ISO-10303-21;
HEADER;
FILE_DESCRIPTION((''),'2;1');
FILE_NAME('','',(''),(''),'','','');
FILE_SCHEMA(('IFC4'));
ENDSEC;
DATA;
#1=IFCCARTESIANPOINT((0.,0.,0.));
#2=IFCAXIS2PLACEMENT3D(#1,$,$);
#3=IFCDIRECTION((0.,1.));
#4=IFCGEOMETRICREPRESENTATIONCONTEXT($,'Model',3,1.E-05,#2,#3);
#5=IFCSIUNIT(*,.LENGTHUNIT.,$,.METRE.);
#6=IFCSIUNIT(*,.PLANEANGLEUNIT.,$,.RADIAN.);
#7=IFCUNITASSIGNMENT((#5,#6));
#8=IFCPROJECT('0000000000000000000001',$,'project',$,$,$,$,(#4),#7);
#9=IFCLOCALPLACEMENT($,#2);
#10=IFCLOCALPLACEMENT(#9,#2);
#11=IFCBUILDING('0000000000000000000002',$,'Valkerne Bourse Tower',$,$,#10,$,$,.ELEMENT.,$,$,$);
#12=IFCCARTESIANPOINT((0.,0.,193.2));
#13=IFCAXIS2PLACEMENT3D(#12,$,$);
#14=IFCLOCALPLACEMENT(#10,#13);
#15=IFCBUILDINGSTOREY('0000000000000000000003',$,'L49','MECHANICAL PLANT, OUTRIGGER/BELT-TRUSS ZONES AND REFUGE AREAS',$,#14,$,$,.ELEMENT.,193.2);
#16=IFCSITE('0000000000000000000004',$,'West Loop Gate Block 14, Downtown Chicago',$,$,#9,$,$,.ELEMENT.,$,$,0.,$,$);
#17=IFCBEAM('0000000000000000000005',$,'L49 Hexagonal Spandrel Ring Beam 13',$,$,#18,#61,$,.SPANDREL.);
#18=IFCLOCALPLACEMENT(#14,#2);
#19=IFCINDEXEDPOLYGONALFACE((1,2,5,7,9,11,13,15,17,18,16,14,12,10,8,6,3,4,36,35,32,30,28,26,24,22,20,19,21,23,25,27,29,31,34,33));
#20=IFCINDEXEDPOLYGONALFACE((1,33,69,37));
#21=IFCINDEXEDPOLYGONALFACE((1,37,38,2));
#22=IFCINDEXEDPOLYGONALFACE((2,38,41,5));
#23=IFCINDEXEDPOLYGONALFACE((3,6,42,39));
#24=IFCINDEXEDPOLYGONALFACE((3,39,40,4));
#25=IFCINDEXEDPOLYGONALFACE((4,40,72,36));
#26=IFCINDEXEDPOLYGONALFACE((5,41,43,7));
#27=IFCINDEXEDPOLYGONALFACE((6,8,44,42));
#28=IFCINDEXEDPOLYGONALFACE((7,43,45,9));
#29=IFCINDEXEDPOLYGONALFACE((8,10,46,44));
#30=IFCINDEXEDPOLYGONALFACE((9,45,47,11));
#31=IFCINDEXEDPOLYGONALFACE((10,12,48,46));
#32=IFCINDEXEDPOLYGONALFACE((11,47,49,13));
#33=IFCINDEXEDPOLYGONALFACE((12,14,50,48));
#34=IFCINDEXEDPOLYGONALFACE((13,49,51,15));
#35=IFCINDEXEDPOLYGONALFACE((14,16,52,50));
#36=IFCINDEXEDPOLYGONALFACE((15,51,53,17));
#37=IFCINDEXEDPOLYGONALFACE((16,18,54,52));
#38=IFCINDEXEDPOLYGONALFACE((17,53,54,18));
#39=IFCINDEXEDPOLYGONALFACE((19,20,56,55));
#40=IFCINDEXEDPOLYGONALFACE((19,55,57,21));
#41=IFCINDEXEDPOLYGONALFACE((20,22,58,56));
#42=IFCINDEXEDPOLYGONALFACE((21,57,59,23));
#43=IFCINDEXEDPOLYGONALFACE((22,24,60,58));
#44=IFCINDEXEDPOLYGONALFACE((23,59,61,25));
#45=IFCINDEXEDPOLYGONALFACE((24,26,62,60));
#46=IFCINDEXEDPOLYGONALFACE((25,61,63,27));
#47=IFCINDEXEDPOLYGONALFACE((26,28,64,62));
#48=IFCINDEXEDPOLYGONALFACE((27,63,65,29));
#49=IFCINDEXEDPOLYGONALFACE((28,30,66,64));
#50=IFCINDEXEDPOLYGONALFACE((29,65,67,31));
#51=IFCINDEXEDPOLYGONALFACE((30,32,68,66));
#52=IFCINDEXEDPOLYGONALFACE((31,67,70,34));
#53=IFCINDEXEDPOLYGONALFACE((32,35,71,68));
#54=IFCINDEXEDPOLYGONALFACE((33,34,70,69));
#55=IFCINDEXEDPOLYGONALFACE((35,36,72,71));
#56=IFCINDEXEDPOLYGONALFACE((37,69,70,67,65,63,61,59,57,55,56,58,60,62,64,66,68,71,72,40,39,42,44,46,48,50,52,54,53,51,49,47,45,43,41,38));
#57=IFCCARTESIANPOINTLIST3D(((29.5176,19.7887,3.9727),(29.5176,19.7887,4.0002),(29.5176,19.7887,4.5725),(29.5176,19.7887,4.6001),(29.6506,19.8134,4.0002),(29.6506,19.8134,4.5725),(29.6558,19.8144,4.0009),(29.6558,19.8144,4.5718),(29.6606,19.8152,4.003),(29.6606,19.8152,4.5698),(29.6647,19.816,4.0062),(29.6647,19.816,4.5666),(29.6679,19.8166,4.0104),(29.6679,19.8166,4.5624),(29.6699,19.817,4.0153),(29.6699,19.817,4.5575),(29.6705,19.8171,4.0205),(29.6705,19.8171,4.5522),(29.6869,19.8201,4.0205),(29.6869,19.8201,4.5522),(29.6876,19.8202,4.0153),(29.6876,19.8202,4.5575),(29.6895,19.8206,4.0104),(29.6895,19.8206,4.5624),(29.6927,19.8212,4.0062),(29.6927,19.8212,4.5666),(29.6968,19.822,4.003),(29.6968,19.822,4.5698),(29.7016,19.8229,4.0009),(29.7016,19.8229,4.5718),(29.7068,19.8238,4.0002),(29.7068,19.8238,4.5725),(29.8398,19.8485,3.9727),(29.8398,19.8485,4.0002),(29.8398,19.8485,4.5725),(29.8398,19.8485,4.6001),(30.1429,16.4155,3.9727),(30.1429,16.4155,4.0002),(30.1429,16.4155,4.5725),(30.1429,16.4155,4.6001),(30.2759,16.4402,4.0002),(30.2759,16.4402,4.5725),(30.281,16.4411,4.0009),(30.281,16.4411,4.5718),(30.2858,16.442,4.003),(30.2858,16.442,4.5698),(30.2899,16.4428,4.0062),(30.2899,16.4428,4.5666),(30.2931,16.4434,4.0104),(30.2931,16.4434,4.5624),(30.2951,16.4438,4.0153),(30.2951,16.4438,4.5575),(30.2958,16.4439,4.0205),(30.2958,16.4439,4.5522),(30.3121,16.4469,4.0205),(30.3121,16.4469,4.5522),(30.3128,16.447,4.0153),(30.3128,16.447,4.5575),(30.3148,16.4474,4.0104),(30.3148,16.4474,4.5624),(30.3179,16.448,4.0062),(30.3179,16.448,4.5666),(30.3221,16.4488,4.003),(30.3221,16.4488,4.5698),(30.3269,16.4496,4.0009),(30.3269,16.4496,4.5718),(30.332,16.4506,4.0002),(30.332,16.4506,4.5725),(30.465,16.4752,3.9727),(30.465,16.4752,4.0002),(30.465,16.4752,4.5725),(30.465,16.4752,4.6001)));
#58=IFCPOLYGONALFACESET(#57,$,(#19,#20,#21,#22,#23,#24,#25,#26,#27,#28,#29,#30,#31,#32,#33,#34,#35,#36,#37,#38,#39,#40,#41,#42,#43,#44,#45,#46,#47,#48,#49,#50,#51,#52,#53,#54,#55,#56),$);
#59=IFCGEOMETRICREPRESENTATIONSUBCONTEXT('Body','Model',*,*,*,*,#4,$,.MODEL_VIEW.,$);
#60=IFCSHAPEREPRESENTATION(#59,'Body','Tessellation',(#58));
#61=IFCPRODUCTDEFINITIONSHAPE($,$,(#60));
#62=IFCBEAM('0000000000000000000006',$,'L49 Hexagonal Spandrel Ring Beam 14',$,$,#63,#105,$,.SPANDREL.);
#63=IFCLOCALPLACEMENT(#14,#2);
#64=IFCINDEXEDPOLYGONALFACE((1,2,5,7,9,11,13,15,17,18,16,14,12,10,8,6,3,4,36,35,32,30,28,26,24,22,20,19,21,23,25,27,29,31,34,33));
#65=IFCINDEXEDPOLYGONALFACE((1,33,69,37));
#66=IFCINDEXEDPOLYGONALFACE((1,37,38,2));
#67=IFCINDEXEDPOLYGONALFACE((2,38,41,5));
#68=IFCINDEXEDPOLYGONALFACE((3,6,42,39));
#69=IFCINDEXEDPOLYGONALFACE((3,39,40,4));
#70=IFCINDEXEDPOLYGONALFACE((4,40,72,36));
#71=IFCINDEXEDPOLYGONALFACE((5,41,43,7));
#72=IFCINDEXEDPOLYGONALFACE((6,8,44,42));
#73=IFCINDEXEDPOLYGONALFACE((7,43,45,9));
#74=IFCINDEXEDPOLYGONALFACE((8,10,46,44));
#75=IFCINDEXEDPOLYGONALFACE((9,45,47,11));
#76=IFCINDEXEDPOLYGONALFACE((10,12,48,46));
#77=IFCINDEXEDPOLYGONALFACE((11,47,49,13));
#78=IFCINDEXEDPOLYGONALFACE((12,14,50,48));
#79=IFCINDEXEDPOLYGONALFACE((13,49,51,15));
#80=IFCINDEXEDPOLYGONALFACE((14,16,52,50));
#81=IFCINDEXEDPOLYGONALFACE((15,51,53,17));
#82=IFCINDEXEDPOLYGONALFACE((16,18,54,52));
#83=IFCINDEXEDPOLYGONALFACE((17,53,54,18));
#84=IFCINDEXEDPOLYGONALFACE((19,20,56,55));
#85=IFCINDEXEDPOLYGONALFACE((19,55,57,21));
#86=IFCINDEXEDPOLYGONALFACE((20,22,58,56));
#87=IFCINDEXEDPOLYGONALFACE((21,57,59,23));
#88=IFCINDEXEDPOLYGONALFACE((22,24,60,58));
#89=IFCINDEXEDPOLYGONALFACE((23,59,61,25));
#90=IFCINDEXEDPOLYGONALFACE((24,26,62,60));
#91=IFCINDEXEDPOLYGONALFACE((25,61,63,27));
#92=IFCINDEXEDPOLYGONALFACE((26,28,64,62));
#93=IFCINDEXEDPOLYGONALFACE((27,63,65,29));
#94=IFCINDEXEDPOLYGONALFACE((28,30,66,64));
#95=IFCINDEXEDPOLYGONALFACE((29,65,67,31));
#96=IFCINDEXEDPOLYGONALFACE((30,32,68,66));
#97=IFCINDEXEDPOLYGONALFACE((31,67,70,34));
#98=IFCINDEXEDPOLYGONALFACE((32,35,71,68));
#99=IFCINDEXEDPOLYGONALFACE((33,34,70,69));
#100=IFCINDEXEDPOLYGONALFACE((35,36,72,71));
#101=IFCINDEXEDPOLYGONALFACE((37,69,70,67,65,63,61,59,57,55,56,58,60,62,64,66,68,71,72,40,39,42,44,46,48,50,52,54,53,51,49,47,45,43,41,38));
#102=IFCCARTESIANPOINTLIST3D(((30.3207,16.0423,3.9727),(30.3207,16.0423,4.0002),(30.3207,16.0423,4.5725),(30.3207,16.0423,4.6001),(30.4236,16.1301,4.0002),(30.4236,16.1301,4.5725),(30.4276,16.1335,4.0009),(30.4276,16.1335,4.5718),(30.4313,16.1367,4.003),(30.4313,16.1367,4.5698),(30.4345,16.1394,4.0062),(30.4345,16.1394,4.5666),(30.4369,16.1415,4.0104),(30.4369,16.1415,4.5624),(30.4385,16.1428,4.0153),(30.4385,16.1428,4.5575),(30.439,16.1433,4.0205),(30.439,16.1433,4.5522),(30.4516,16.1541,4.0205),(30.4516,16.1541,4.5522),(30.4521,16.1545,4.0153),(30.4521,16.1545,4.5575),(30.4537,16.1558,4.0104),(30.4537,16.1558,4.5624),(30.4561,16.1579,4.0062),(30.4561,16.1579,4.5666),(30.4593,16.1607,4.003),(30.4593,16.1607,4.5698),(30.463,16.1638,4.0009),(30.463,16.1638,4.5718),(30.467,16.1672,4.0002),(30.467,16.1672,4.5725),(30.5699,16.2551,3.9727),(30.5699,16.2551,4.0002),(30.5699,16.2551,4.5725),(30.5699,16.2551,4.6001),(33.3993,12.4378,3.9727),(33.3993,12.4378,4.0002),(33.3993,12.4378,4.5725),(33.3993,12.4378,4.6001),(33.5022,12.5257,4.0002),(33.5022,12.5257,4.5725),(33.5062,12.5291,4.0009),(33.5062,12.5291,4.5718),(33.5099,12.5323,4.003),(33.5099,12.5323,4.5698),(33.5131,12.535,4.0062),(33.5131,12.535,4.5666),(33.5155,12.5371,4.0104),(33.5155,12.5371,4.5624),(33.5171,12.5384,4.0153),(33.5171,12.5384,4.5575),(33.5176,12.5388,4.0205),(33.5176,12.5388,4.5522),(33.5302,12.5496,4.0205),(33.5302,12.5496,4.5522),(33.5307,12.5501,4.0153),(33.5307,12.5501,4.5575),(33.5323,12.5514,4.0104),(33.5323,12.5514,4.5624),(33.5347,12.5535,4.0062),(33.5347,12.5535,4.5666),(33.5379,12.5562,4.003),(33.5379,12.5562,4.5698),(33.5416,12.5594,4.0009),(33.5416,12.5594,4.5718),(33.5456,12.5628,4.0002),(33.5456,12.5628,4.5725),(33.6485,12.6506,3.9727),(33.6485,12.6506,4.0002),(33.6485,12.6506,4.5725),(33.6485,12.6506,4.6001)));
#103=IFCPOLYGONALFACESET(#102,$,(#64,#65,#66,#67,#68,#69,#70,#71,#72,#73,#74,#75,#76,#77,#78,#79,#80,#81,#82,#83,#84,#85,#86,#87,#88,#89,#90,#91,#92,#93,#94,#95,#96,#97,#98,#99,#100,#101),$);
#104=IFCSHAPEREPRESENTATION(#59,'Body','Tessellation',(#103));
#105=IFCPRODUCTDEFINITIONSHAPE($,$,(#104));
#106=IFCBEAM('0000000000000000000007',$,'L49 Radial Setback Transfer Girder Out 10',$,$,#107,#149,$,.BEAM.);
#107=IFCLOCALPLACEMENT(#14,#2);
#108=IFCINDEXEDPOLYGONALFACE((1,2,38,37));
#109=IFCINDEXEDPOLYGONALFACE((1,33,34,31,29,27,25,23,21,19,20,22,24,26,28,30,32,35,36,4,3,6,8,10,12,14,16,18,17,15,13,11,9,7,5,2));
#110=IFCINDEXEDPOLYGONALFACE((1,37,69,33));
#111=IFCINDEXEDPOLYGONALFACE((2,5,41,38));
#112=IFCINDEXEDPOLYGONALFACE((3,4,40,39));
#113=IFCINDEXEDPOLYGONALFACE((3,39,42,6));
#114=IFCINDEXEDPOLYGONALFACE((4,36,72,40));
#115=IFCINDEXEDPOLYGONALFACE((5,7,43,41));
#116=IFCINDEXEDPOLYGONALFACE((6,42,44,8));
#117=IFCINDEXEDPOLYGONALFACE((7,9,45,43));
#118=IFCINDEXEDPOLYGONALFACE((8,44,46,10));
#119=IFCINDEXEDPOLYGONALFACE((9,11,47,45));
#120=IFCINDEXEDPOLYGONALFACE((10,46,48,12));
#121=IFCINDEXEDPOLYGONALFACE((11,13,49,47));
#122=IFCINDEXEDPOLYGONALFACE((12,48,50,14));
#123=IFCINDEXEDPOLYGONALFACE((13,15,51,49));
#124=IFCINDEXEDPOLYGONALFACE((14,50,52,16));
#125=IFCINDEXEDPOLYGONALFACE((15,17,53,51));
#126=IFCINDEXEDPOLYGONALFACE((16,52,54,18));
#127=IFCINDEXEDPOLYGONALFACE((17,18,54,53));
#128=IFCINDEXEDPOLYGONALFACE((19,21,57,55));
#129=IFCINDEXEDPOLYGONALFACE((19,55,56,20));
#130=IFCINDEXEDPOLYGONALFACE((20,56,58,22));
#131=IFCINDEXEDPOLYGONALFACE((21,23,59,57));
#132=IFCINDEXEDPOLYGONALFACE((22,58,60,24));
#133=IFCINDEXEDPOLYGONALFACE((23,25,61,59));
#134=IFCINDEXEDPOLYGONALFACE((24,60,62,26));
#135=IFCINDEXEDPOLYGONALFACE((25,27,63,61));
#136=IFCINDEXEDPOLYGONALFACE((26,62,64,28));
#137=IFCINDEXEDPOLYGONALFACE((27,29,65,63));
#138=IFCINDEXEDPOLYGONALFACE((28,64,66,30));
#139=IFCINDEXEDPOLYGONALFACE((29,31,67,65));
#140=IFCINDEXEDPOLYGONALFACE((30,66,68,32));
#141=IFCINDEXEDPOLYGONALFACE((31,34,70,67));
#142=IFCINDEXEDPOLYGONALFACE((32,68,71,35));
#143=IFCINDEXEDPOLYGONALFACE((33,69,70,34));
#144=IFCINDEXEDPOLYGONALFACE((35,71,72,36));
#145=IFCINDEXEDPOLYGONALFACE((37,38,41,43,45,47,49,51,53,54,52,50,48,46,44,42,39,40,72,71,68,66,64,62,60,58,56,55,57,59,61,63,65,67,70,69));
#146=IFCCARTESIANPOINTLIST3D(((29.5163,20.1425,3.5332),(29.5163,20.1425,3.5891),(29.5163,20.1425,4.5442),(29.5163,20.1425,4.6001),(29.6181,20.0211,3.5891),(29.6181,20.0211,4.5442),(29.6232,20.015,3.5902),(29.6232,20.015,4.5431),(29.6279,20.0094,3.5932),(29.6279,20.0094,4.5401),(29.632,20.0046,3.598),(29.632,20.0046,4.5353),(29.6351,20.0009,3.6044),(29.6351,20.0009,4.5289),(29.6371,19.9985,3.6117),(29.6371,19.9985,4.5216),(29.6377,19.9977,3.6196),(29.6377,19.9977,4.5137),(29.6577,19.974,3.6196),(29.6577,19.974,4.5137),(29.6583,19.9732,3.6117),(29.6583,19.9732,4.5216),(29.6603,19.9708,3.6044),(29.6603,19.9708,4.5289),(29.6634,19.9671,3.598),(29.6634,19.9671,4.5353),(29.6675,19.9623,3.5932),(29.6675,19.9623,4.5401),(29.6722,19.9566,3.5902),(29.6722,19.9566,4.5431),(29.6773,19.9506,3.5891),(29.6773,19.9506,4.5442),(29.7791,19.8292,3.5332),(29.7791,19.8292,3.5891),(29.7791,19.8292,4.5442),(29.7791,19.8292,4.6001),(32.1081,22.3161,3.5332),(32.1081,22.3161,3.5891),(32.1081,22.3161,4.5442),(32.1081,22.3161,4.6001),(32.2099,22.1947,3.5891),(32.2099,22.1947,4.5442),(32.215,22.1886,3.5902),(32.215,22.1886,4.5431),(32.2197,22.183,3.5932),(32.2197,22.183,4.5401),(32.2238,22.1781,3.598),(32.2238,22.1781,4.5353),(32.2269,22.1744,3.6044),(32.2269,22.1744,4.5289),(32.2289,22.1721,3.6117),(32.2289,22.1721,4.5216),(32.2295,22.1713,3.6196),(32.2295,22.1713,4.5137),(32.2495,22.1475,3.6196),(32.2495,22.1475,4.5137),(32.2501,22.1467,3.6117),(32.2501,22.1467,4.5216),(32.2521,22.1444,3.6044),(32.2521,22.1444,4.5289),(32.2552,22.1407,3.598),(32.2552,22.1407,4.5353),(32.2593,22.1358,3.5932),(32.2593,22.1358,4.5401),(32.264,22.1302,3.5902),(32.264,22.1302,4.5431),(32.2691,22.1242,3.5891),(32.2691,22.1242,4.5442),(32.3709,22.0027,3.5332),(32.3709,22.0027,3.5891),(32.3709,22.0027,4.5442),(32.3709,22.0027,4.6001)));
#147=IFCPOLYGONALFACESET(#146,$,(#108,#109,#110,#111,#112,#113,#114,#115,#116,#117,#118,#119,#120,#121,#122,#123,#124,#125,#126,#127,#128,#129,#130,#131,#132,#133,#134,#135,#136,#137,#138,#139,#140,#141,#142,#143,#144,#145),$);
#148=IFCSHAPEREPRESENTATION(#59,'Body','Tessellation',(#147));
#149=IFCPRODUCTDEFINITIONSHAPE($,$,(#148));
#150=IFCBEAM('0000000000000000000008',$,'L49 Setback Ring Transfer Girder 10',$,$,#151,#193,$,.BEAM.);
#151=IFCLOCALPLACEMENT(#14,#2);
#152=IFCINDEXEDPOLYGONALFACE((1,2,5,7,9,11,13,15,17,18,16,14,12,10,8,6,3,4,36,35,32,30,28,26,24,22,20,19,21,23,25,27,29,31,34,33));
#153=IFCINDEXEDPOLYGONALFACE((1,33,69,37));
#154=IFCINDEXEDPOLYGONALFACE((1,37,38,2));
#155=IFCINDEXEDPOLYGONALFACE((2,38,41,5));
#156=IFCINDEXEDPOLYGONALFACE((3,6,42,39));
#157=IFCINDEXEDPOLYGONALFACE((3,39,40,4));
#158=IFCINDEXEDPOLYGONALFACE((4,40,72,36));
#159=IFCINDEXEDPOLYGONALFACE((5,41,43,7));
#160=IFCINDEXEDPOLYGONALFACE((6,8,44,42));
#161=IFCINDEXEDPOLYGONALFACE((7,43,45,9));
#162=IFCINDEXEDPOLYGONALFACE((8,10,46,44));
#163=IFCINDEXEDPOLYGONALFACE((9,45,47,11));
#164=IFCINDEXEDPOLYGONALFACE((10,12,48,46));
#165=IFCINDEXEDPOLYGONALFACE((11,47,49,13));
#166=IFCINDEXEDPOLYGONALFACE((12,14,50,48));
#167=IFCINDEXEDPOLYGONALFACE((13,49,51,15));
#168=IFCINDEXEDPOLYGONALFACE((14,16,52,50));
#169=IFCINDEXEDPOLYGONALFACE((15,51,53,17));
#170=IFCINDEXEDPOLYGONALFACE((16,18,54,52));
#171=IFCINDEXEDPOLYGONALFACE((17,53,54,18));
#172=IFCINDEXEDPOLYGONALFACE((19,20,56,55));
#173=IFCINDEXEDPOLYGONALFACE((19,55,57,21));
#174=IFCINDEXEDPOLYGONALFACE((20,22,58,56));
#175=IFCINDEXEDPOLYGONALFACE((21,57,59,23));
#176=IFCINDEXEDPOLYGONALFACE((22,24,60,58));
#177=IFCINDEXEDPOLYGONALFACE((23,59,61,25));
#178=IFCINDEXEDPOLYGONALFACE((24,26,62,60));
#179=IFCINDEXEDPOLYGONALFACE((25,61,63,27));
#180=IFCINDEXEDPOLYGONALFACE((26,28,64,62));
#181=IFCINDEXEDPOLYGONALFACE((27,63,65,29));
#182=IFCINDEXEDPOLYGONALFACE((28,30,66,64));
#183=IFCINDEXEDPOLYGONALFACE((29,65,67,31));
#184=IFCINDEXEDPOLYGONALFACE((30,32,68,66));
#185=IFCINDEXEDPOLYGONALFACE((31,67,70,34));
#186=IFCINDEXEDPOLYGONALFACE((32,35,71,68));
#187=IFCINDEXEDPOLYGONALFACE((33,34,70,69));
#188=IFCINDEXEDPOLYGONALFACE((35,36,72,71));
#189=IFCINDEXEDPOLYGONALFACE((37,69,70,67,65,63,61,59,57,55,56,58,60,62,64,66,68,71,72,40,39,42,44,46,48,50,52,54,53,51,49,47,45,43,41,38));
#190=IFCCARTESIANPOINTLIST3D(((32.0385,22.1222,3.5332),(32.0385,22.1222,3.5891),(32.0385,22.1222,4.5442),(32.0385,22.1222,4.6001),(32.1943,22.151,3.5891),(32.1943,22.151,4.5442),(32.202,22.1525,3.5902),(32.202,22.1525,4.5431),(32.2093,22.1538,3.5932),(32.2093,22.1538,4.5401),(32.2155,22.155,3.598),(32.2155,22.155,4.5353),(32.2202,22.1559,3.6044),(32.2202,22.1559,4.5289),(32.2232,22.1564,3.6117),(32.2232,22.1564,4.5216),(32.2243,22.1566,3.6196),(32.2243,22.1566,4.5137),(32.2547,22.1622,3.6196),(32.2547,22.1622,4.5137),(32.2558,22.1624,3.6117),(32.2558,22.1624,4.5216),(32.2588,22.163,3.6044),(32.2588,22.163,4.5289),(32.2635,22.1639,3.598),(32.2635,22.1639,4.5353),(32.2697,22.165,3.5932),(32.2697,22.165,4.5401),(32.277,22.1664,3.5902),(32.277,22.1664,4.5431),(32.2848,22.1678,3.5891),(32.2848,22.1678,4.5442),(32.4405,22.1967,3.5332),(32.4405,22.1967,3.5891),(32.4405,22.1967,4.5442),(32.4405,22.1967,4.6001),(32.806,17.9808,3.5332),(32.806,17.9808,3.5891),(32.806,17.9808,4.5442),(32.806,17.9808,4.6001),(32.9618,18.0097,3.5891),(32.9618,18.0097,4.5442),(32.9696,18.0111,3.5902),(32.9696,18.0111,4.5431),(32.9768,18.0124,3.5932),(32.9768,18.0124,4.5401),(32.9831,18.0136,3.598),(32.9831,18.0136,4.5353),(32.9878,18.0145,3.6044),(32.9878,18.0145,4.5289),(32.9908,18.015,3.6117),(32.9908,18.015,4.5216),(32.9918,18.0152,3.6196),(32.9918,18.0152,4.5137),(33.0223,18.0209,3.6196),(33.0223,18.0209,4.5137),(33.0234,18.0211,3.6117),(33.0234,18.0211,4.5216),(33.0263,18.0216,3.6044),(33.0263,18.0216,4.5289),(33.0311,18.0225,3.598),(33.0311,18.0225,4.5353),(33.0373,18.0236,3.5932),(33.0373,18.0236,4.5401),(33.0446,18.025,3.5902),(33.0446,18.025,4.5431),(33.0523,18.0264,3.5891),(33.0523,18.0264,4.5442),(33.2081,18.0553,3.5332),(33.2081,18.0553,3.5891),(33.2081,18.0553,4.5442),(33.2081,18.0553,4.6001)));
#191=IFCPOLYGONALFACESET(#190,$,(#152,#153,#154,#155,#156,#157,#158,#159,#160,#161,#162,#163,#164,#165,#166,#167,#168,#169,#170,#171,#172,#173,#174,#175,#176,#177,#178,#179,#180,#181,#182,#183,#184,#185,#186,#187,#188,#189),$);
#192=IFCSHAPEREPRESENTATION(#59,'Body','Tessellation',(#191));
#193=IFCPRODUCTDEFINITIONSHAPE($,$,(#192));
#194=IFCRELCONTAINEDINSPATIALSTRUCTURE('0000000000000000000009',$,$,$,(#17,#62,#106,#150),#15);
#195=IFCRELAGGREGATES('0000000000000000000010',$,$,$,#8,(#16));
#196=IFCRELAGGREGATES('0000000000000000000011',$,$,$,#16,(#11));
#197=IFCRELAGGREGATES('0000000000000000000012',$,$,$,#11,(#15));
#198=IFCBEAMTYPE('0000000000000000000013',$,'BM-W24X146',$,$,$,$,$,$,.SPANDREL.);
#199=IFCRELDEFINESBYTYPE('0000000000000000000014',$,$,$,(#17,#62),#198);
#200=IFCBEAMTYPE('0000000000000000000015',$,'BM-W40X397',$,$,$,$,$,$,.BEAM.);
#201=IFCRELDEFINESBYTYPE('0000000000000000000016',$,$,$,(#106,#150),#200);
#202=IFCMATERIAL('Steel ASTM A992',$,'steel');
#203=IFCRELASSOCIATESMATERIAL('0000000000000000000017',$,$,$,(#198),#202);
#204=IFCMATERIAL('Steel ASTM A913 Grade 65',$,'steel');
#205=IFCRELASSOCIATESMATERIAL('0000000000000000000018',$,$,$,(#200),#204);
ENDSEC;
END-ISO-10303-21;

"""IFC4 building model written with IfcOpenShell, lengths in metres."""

from ifc_helpers import new_model, si_unit, direction, frame, origin, origin_2d, place, context, subcontext, project, spatial, i_section, extrude, material, material_profile, profile_set, type_object, element, save


model = new_model("IFC4")

# Units and contexts
model_context = context("Model", 3, precision=1e-05, world=origin(), true_north=direction((0.0, 1.0)))
body_context = subcontext(model_context, "Body", "Model", "MODEL_VIEW")
ifc_project = project(units=[si_unit("LENGTHUNIT", "METRE"), si_unit("PLANEANGLEUNIT", "RADIAN")], contexts=[model_context])

# Site, building, storey
site_placement = place(None, origin())
site = spatial("IfcSite", under=ifc_project, at=site_placement, Name="West Loop Gate Block 14, Downtown Chicago", CompositionType="ELEMENT", RefElevation=0.0)
building_placement = place(site_placement, origin())
building = spatial("IfcBuilding", under=site, at=building_placement, Name="Valkerne Bourse Tower", CompositionType="ELEMENT")
storey_placement = place(building_placement, frame((0.0, 0.0, 193.2)))
storey = spatial("IfcBuildingStorey", under=building, at=storey_placement, Name="L49", Description="MECHANICAL PLANT, OUTRIGGER/BELT-TRUSS ZONES AND REFUGE AREAS", CompositionType="ELEMENT", Elevation=193.2)

# Shared definitions
ifc_material_1 = material(Name="Steel ASTM A913 Grade 65", Category="steel")

# Beams
ifc_material_2 = material(Name="Steel ASTM A992", Category="steel")
ifc_material_profile_1 = material_profile(ifc_material_2, i_section(OverallWidth=0.3276, OverallDepth=0.6274, WebThickness=0.0166, FlangeThickness=0.0276, FilletRadius=0.0203, at=origin_2d()), Name="W24X146")
ifc_profile_set_1 = profile_set([ifc_material_profile_1], Name="Steel ASTM A992")
beam_type_1 = type_object("IfcBeamType", Name="BM-W24X146", PredefinedType="SPANDREL", material=ifc_profile_set_1)
beam_1_placement = place(storey_placement, frame((29.6787, 19.8186, 4.2864), z_axis=(0.182247, -0.983253, 0.0), x_axis=(0.983253, 0.182247, 0.0)))
element("IfcBeam", 1, at=beam_1_placement, inside=storey, type_object=beam_type_1, Name="L49 Hexagonal Spandrel Ring Beam 13", PredefinedType="SPANDREL", context=body_context, shape_type="SweptSolid", body=[
    extrude(i_section(OverallWidth=0.3276, OverallDepth=0.6274, WebThickness=0.0166, FlangeThickness=0.0276, FilletRadius=0.0203, at=origin_2d()), origin(), (0.0, 0.0, 1.0), 3.4307),
])
beam_2_placement = place(storey_placement, frame((30.4453, 16.1487, 4.2864), z_axis=(0.649459, -0.760397, 0.0), x_axis=(0.760397, 0.649459, 0.0)))
element("IfcBeam", 2, at=beam_2_placement, inside=storey, type_object=beam_type_1, Name="L49 Hexagonal Spandrel Ring Beam 14", PredefinedType="SPANDREL", context=body_context, shape_type="SweptSolid", body=[
    extrude(i_section(OverallWidth=0.3276, OverallDepth=0.6274, WebThickness=0.0166, FlangeThickness=0.0276, FilletRadius=0.0203, at=origin_2d()), origin(), (0.0, 0.0, 1.0), 4.7402),
])
ifc_material_profile_2 = material_profile(ifc_material_1, i_section(OverallWidth=0.4089, OverallDepth=1.0669, WebThickness=0.031, FlangeThickness=0.0559, FilletRadius=0.0305, at=origin_2d()), Name="W40X397")
ifc_profile_set_2 = profile_set([ifc_material_profile_2], Name="Steel ASTM A913 Grade 65")
beam_type_2 = type_object("IfcBeamType", Name="BM-W40X397", PredefinedType="BEAM", material=ifc_profile_set_2)
beam_3_placement = place(storey_placement, frame((29.6477, 19.9858, 4.0667), z_axis=(0.766218, 0.642581, 0.0), x_axis=(-0.642581, 0.766218, 0.0)))
element("IfcBeam", 3, at=beam_3_placement, inside=storey, type_object=beam_type_2, Name="L49 Radial Setback Transfer Girder Out 10", PredefinedType="BEAM", context=body_context, shape_type="SweptSolid", body=[
    extrude(i_section(OverallWidth=0.4089, OverallDepth=1.0669, WebThickness=0.031, FlangeThickness=0.0559, FilletRadius=0.0305, at=origin_2d()), origin(), (0.0, 0.0, 1.0), 3.3826),
])
beam_4_placement = place(storey_placement, frame((32.2395, 22.1594, 4.0667), z_axis=(0.182241, -0.983254, 0.0), x_axis=(0.983254, 0.182241, 0.0)))
element("IfcBeam", 4, at=beam_4_placement, inside=storey, type_object=beam_type_2, Name="L49 Setback Ring Transfer Girder 10", PredefinedType="BEAM", context=body_context, shape_type="SweptSolid", body=[
    extrude(i_section(OverallWidth=0.4089, OverallDepth=1.0669, WebThickness=0.031, FlangeThickness=0.0559, FilletRadius=0.0305, at=origin_2d()), origin(), (0.0, 0.0, 1.0), 4.2119),
])

save(model, "model.ifc")
